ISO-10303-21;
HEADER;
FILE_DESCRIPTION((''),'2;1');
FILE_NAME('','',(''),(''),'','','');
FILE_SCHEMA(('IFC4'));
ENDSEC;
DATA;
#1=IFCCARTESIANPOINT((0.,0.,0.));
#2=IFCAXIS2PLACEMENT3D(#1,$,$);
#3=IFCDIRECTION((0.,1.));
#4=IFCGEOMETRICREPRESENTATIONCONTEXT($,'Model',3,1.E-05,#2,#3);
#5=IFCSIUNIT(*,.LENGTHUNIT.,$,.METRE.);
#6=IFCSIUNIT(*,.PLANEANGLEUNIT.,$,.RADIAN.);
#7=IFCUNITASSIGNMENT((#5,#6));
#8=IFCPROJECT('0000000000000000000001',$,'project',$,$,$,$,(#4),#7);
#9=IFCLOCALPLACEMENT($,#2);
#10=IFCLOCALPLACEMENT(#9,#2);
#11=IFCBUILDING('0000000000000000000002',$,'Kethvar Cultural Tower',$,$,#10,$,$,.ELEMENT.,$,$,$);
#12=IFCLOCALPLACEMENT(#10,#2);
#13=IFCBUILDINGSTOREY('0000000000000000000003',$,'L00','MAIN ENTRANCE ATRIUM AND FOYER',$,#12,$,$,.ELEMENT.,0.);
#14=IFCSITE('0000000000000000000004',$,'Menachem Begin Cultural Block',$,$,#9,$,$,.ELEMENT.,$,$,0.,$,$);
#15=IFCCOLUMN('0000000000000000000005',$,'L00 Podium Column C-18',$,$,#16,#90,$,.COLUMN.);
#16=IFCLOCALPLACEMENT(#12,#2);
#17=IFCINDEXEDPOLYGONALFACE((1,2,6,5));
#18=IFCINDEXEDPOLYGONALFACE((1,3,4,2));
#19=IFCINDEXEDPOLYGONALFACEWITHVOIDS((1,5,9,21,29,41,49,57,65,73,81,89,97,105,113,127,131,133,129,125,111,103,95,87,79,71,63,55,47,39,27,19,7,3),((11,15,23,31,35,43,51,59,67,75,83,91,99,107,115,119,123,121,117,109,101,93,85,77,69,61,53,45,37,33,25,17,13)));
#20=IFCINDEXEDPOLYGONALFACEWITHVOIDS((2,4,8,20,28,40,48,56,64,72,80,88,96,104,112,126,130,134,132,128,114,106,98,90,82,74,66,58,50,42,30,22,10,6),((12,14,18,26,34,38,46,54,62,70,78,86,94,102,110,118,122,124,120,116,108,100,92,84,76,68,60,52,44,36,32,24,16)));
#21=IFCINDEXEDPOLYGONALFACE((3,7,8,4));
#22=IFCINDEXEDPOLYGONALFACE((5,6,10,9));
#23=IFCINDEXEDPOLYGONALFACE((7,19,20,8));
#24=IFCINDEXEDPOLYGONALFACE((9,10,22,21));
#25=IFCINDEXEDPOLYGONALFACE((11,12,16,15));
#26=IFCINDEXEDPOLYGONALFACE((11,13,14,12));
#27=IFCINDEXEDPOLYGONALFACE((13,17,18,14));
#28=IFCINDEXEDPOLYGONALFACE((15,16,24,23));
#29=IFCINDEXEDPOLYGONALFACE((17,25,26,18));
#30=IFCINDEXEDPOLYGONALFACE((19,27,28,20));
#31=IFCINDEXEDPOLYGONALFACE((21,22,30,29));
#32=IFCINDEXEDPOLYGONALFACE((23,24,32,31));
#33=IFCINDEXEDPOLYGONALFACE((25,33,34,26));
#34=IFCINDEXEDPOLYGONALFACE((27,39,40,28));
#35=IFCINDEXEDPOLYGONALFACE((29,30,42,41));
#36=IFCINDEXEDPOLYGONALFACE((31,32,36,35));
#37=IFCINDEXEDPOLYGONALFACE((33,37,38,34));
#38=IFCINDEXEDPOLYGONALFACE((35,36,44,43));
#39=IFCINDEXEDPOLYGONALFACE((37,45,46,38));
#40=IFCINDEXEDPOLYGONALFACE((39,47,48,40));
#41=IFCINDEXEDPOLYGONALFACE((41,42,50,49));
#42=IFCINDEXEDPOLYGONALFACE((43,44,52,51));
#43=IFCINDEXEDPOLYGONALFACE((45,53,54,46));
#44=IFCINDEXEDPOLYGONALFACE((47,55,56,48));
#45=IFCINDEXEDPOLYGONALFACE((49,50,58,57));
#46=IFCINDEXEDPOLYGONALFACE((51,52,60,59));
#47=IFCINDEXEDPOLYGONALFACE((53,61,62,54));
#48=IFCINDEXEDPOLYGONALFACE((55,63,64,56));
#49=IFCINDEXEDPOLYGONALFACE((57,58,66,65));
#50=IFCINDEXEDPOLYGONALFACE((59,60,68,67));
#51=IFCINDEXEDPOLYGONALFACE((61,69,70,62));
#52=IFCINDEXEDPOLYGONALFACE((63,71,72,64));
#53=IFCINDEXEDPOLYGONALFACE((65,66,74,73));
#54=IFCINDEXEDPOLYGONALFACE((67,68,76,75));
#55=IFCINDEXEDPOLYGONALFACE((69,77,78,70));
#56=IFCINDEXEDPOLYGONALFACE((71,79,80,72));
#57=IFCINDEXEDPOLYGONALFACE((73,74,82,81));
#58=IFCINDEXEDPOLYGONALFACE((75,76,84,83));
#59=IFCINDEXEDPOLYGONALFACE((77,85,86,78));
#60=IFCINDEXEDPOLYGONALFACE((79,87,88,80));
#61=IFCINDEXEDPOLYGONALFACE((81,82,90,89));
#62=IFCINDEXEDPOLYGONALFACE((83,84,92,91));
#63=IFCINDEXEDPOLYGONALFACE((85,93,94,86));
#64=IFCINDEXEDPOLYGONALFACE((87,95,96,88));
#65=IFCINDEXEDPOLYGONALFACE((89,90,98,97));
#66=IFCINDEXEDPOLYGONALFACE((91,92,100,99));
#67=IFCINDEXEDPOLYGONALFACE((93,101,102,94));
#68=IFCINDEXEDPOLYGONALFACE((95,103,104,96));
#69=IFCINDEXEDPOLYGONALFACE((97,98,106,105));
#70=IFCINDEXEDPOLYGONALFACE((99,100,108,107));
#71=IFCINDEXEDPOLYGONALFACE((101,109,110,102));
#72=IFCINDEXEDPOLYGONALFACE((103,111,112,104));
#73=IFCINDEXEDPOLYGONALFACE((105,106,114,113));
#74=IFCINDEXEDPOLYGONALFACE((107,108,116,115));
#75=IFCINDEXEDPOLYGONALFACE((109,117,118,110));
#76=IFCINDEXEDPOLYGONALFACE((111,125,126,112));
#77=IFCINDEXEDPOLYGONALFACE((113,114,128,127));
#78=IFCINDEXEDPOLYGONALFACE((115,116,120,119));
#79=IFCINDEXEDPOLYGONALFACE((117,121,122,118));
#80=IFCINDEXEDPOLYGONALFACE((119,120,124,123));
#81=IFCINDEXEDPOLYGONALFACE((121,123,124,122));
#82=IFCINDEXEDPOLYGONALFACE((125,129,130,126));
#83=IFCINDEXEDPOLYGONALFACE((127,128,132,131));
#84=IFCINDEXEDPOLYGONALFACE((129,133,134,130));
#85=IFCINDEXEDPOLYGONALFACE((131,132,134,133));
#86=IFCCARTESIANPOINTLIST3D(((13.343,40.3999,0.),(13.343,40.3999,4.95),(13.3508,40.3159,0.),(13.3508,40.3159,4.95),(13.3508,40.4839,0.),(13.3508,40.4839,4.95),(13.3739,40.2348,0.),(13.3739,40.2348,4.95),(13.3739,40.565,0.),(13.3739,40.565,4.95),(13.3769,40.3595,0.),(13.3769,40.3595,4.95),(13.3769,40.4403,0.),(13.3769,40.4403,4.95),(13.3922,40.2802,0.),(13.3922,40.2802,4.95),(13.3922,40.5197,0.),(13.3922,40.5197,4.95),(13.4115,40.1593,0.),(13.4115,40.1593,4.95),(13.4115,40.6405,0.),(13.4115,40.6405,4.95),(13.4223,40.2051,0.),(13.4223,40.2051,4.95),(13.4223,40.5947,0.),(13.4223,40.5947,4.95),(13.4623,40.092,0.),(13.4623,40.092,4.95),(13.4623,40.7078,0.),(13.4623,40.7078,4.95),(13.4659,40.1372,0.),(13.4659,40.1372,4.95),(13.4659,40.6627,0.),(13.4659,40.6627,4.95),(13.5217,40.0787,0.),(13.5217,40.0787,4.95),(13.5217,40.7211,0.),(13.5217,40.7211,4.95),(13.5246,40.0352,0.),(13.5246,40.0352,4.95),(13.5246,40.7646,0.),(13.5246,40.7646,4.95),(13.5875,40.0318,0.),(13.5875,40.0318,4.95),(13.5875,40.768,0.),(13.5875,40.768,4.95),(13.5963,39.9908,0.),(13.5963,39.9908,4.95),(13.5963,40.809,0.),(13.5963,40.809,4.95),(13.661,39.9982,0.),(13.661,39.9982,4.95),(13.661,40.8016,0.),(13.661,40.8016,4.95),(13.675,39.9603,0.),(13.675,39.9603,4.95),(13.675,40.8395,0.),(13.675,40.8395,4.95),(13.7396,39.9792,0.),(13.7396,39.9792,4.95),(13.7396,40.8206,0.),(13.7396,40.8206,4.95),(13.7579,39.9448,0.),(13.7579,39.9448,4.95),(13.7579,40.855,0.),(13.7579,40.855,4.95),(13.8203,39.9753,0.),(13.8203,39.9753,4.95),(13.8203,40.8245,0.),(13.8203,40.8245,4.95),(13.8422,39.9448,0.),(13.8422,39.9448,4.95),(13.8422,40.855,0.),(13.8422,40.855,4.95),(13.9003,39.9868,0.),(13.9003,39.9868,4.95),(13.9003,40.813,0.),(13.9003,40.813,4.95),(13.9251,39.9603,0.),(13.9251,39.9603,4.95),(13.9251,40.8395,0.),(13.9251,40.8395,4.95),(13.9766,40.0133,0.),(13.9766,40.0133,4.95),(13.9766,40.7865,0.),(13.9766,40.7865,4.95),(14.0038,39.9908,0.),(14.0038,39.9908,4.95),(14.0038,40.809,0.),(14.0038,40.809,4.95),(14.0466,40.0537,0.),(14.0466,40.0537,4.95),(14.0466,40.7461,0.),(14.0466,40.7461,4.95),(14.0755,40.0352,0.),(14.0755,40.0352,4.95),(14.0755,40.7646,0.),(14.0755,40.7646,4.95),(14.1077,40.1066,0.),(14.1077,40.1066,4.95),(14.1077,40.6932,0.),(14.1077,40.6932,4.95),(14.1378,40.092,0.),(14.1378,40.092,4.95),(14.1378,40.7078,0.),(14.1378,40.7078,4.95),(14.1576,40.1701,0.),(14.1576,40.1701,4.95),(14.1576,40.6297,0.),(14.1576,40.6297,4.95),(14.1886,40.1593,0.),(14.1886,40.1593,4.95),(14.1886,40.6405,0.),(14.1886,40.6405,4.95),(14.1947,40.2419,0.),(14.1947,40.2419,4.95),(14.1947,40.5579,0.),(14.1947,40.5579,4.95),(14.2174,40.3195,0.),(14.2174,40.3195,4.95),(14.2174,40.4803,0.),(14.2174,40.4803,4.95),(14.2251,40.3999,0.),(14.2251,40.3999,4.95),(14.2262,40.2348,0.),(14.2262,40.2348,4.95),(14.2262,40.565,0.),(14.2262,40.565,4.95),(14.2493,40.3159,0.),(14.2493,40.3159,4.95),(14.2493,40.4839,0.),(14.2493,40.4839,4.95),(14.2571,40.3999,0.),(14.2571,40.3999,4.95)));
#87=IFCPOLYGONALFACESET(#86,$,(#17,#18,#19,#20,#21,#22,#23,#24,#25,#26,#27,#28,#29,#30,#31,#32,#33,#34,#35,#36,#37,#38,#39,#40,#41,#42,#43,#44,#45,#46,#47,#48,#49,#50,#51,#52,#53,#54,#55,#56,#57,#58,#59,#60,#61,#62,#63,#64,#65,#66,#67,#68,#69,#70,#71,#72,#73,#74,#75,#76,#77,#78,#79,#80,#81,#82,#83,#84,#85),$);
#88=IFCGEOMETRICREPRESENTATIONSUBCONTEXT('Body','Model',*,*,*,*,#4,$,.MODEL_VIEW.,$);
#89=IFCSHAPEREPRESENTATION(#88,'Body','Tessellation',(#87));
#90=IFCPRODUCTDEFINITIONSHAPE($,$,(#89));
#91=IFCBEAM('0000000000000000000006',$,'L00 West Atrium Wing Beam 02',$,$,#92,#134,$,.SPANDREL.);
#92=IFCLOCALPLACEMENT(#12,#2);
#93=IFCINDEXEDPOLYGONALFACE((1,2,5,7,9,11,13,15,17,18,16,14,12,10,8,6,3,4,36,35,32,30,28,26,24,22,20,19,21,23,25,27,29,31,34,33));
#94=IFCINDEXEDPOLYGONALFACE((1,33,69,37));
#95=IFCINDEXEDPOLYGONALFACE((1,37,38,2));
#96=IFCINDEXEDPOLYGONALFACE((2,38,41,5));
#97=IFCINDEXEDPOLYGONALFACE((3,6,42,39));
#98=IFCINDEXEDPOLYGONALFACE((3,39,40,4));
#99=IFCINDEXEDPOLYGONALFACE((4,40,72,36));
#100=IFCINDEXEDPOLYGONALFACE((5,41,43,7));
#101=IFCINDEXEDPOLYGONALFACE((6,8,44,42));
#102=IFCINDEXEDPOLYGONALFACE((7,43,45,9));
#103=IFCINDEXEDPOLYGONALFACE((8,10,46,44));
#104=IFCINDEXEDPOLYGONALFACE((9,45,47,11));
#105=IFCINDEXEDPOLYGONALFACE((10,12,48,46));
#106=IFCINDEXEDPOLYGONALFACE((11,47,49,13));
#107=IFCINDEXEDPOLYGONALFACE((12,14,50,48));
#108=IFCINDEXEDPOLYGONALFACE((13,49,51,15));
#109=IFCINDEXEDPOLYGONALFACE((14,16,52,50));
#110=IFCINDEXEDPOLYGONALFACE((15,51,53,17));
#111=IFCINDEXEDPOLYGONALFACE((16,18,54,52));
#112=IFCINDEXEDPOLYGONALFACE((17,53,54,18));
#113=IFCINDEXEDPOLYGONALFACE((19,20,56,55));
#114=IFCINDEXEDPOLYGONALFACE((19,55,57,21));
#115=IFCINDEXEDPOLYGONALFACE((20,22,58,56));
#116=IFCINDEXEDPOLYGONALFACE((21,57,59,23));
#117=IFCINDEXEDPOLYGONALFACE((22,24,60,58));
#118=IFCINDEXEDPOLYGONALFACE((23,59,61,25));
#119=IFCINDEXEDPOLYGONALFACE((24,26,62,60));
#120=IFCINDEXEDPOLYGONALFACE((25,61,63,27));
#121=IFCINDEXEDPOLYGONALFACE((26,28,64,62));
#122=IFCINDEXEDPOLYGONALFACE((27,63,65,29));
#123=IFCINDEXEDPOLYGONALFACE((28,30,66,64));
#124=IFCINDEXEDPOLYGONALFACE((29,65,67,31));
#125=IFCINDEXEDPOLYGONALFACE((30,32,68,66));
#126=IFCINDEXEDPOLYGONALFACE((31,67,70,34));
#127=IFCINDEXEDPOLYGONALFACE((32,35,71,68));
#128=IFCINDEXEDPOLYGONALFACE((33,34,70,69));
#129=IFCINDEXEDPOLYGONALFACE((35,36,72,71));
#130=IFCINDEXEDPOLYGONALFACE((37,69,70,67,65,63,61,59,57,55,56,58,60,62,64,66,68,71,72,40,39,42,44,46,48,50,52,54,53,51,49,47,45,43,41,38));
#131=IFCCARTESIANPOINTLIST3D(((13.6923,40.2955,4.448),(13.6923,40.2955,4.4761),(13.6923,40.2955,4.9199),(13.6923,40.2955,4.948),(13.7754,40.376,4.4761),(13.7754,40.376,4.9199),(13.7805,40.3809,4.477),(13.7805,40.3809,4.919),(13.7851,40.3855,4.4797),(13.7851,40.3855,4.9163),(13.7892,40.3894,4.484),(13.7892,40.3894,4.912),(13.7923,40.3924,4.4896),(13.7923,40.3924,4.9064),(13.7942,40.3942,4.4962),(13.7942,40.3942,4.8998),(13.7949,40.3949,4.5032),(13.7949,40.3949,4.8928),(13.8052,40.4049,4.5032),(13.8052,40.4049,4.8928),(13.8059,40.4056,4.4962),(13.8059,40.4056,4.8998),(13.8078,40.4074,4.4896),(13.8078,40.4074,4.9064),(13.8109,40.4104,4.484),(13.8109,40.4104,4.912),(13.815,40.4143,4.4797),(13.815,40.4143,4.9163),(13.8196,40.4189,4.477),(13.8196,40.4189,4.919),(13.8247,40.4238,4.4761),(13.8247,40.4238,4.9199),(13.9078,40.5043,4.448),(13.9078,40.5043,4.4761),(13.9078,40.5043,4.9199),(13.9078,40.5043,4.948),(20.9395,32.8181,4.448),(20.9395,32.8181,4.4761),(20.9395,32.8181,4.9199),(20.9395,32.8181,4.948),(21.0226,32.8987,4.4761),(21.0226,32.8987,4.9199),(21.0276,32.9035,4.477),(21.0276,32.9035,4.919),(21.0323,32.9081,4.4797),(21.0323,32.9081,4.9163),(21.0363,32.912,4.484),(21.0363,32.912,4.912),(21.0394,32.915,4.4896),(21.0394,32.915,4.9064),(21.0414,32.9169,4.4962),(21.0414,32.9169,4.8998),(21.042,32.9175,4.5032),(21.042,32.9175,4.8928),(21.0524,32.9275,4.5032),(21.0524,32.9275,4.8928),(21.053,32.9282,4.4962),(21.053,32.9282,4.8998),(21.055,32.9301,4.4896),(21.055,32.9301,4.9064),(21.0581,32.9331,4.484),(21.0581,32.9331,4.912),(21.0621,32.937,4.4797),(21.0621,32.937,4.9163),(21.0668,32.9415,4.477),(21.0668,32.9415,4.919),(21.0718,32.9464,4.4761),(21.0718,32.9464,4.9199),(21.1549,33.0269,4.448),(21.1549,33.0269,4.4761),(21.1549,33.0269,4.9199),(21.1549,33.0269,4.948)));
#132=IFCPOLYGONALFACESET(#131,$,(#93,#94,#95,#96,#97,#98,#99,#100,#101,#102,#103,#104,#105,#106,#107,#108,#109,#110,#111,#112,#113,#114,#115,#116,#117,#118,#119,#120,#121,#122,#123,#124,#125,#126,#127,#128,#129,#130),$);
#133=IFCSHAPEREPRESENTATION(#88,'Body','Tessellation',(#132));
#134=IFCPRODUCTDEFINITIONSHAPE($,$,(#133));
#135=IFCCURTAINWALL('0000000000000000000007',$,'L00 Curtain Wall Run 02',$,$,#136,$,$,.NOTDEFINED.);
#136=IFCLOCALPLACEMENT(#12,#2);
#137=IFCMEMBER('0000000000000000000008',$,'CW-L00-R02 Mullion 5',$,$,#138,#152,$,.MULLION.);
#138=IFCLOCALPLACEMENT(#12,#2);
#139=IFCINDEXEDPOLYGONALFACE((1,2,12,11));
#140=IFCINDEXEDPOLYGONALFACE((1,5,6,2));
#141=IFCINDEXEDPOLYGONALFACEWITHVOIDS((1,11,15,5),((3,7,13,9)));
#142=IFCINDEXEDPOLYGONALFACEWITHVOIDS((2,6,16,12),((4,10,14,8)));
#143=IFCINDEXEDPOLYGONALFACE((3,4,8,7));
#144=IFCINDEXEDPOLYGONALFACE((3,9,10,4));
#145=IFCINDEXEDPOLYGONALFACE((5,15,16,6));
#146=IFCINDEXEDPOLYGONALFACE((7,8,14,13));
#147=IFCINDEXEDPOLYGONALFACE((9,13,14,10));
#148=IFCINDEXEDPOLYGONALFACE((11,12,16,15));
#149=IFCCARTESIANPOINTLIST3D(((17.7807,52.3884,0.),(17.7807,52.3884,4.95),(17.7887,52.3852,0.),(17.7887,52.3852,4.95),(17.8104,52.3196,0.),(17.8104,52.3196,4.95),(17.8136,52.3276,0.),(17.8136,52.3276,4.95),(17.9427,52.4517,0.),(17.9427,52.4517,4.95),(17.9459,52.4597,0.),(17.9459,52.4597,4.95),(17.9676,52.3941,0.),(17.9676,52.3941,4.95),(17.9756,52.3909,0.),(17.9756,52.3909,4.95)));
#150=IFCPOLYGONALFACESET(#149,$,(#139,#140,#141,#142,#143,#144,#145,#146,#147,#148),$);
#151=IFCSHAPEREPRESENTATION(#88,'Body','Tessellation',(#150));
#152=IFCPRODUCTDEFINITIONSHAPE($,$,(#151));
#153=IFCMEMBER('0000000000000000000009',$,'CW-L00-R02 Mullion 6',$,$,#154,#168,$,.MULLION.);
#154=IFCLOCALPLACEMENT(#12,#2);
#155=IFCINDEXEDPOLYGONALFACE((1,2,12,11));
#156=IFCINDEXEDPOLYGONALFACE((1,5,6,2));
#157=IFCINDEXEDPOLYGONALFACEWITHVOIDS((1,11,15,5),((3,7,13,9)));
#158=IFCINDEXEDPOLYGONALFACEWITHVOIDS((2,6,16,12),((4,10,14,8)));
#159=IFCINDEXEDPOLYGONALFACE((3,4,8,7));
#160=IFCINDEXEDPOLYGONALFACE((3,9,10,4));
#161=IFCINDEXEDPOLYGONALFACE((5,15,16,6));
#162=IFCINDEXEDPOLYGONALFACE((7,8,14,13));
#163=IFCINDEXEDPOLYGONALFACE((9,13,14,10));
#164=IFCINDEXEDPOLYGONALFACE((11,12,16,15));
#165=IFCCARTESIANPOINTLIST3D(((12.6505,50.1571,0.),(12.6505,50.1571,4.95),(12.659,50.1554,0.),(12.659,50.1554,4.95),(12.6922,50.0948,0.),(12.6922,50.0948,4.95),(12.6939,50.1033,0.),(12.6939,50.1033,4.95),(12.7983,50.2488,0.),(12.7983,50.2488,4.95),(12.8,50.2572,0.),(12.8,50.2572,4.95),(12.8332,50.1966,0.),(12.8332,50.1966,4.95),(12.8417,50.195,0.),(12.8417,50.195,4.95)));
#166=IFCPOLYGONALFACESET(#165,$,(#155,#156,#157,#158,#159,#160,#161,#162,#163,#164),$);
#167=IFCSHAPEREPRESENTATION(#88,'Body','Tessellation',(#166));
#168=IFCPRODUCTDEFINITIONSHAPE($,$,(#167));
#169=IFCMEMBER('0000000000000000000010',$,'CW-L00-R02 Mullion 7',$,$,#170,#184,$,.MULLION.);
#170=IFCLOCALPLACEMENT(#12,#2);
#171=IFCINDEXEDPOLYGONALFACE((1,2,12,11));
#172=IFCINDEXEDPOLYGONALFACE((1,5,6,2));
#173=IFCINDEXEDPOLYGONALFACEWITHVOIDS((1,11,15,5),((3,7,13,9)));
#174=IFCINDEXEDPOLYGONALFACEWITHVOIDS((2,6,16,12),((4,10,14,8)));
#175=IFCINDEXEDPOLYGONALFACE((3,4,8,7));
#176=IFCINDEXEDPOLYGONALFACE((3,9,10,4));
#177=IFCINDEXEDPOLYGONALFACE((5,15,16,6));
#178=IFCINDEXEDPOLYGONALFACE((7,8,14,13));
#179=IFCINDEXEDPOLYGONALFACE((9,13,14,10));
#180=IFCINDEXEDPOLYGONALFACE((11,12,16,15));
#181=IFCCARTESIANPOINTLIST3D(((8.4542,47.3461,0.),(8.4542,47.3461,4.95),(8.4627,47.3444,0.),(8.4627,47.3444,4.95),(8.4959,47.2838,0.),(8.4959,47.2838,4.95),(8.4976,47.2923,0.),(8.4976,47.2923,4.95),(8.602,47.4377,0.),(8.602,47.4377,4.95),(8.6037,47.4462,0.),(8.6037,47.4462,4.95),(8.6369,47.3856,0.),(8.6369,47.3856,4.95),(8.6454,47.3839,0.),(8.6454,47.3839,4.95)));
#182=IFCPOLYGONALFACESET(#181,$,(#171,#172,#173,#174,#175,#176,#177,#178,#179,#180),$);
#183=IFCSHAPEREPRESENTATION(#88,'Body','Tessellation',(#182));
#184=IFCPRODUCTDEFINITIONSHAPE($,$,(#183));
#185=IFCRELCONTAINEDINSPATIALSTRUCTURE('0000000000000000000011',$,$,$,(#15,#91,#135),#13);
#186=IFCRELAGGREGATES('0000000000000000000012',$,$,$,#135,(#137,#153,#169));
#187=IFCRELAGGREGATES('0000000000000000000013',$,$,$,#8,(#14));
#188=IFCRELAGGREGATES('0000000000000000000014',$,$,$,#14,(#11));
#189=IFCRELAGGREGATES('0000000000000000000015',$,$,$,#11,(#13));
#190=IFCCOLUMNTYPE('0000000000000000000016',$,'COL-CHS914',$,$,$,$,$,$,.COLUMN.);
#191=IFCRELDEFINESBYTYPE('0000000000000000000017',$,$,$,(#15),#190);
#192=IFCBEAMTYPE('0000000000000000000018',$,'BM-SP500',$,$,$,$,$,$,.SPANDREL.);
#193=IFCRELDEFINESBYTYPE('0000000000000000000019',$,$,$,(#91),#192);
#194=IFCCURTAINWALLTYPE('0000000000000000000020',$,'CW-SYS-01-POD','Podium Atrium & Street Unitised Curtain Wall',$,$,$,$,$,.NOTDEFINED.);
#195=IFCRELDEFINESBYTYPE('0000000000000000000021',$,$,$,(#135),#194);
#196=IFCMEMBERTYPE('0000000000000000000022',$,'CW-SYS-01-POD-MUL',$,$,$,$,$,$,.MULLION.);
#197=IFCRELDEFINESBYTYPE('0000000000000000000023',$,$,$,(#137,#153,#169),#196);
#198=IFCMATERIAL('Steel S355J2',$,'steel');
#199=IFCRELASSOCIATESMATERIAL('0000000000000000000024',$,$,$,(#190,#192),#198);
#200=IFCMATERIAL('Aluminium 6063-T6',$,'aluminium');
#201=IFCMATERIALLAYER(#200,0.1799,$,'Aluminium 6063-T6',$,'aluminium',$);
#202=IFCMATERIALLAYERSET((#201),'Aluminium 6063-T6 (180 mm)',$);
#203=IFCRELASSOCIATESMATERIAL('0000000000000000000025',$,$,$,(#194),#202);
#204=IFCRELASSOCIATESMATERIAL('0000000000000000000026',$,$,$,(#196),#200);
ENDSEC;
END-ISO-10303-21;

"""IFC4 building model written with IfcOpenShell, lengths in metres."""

from ifc_helpers import new_model, si_unit, direction, frame, origin, origin_2d, place, context, subcontext, project, spatial, hollow_rectangle, hollow_circle, i_section, extrude, source, transform, mapped, material, layer, layer_set, material_profile, profile_set, type_object, element, aggregate, save


model = new_model("IFC4")

# Units and contexts
model_context = context("Model", 3, precision=1e-05, world=origin(), true_north=direction((0.0, 1.0)))
body_context = subcontext(model_context, "Body", "Model", "MODEL_VIEW")
ifc_project = project(units=[si_unit("LENGTHUNIT", "METRE"), si_unit("PLANEANGLEUNIT", "RADIAN")], contexts=[model_context])

# Site, building, storey
site_placement = place(None, origin())
site = spatial("IfcSite", under=ifc_project, at=site_placement, Name="Menachem Begin Cultural Block", CompositionType="ELEMENT", RefElevation=0.0)
building_placement = place(site_placement, origin())
building = spatial("IfcBuilding", under=site, at=building_placement, Name="Kethvar Cultural Tower", CompositionType="ELEMENT")
storey_placement = place(building_placement, origin())
storey = spatial("IfcBuildingStorey", under=building, at=storey_placement, Name="L00", Description="MAIN ENTRANCE ATRIUM AND FOYER", CompositionType="ELEMENT", Elevation=0.0)

# Column
ifc_material_1 = material(Name="Steel S355J2", Category="steel")
ifc_material_profile_1 = material_profile(ifc_material_1, hollow_circle(Radius=0.457, WallThickness=0.032, at=origin_2d()), Name="Steel S355J2 — CHS914x32")
ifc_profile_set_1 = profile_set([ifc_material_profile_1], Name="Steel S355J2 — CHS914x32")
column_type = type_object("IfcColumnType", Name="COL-CHS914", PredefinedType="COLUMN", material=ifc_profile_set_1)
shared_shape_1 = source(origin(), body_context, "Body", "SweptSolid", [
    extrude(hollow_circle(Radius=0.457, WallThickness=0.032, at=origin_2d()), origin(), (0.0, 0.0, 1.0), 4.95),
])
column_placement = place(storey_placement, frame((13.8, 40.3999, 0.0), z_axis=(0.0, 0.0, 1.0), x_axis=(1.0, 0.0, 0.0)))
element("IfcColumn", 1, at=column_placement, inside=storey, type_object=column_type, Name="L00 Podium Column C-18", PredefinedType="COLUMN", context=body_context, shape_type="MappedRepresentation", body=[
    mapped(shared_shape_1, transform((0.0, 0.0, 0.0), scale=1.0)),
])

# Beam
ifc_material_profile_2 = material_profile(ifc_material_1, i_section(OverallWidth=0.3, OverallDepth=0.5, WebThickness=0.0144, FlangeThickness=0.0281, FilletRadius=0.0271, at=origin_2d()), Name="Steel S355J2 — HEB500")
ifc_profile_set_2 = profile_set([ifc_material_profile_2], Name="Steel S355J2 — HEB500")
beam_type = type_object("IfcBeamType", Name="BM-SP500", PredefinedType="SPANDREL", material=ifc_profile_set_2)
shared_shape_2 = source(origin(), body_context, "Body", "SweptSolid", [
    extrude(i_section(OverallWidth=0.3, OverallDepth=0.5, WebThickness=0.0144, FlangeThickness=0.0281, FilletRadius=0.0271, at=origin_2d()), origin(), (0.0, 0.0, 1.0), 10.4131),
])
beam_placement = place(storey_placement, frame((13.8, 40.3999, 4.698), z_axis=(0.695966, -0.718075, 0.0), x_axis=(0.718075, 0.695966, 0.0)))
element("IfcBeam", 2, at=beam_placement, inside=storey, type_object=beam_type, Name="L00 West Atrium Wing Beam 02", PredefinedType="SPANDREL", context=body_context, shape_type="MappedRepresentation", body=[
    mapped(shared_shape_2, transform((0.0, 0.0, 0.0), scale=1.0)),
])

# Curtain wall, members
ifc_material_2 = material(Name="Aluminium 6063-T6", Category="aluminium")
ifc_layer_1 = layer(ifc_material_2, 0.1799, Name="Aluminium 6063-T6", Category="aluminium")
ifc_layer_set_1 = layer_set([ifc_layer_1], Name="Aluminium 6063-T6 (180 mm)")
curtain_wall_type = type_object("IfcCurtainWallType", Name="CW-SYS-01-POD", Description="Podium Atrium & Street Unitised Curtain Wall", PredefinedType="NOTDEFINED", material=ifc_layer_set_1)
curtain_wall_placement = place(storey_placement, origin())
curtain_wall = element("IfcCurtainWall", 3, at=curtain_wall_placement, inside=storey, type_object=curtain_wall_type, Name="L00 Curtain Wall Run 02", PredefinedType="NOTDEFINED")
ifc_material_profile_3 = material_profile(ifc_material_2, hollow_rectangle(XDim=0.075, YDim=0.1799, WallThickness=0.0061, at=origin_2d()), Name="Aluminium 6063-T6 — RHS180x75x6")
ifc_profile_set_3 = profile_set([ifc_material_profile_3], Name="Aluminium 6063-T6 — RHS180x75x6")
member_type_1 = type_object("IfcMemberType", Name="CW-SYS-01-POD-MUL", PredefinedType="MULLION", material=ifc_profile_set_3)
shared_shape_3 = source(origin(), body_context, "Body", "SweptSolid", [
    extrude(hollow_rectangle(XDim=0.075, YDim=0.1799, WallThickness=0.0061, at=origin_2d()), origin(), (0.0, 0.0, 1.0), 4.95),
])
member_1_placement = place(storey_placement, frame((17.8782, 52.3896, 0.0), z_axis=(0.0, 0.0, 1.0), x_axis=(0.396411, -0.918073, 0.0)))
member_1 = element("IfcMember", 4, at=member_1_placement, type_object=member_type_1, Name="CW-L00-R02 Mullion 5", PredefinedType="MULLION", context=body_context, shape_type="MappedRepresentation", body=[
    mapped(shared_shape_3, transform((0.0, 0.0, 0.0), scale=1.0)),
])
member_2_placement = place(storey_placement, frame((12.7461, 50.176, 0.0), z_axis=(0.0, 0.0, 1.0), x_axis=(0.556557, -0.83081, 0.0)))
member_2 = element("IfcMember", 5, at=member_2_placement, type_object=member_type_1, Name="CW-L00-R02 Mullion 6", PredefinedType="MULLION", context=body_context, shape_type="MappedRepresentation", body=[
    mapped(shared_shape_3, transform((0.0, 0.0, 0.0), scale=1.0)),
])
member_3_placement = place(storey_placement, frame((8.5498, 47.365, 0.0), z_axis=(0.0, 0.0, 1.0), x_axis=(0.556557, -0.83081, 0.0)))
member_3 = element("IfcMember", 6, at=member_3_placement, type_object=member_type_1, Name="CW-L00-R02 Mullion 7", PredefinedType="MULLION", context=body_context, shape_type="MappedRepresentation", body=[
    mapped(shared_shape_3, transform((0.0, 0.0, 0.0), scale=1.0)),
])
aggregate(curtain_wall, [member_1, member_2, member_3])

save(model, "model.ifc")
